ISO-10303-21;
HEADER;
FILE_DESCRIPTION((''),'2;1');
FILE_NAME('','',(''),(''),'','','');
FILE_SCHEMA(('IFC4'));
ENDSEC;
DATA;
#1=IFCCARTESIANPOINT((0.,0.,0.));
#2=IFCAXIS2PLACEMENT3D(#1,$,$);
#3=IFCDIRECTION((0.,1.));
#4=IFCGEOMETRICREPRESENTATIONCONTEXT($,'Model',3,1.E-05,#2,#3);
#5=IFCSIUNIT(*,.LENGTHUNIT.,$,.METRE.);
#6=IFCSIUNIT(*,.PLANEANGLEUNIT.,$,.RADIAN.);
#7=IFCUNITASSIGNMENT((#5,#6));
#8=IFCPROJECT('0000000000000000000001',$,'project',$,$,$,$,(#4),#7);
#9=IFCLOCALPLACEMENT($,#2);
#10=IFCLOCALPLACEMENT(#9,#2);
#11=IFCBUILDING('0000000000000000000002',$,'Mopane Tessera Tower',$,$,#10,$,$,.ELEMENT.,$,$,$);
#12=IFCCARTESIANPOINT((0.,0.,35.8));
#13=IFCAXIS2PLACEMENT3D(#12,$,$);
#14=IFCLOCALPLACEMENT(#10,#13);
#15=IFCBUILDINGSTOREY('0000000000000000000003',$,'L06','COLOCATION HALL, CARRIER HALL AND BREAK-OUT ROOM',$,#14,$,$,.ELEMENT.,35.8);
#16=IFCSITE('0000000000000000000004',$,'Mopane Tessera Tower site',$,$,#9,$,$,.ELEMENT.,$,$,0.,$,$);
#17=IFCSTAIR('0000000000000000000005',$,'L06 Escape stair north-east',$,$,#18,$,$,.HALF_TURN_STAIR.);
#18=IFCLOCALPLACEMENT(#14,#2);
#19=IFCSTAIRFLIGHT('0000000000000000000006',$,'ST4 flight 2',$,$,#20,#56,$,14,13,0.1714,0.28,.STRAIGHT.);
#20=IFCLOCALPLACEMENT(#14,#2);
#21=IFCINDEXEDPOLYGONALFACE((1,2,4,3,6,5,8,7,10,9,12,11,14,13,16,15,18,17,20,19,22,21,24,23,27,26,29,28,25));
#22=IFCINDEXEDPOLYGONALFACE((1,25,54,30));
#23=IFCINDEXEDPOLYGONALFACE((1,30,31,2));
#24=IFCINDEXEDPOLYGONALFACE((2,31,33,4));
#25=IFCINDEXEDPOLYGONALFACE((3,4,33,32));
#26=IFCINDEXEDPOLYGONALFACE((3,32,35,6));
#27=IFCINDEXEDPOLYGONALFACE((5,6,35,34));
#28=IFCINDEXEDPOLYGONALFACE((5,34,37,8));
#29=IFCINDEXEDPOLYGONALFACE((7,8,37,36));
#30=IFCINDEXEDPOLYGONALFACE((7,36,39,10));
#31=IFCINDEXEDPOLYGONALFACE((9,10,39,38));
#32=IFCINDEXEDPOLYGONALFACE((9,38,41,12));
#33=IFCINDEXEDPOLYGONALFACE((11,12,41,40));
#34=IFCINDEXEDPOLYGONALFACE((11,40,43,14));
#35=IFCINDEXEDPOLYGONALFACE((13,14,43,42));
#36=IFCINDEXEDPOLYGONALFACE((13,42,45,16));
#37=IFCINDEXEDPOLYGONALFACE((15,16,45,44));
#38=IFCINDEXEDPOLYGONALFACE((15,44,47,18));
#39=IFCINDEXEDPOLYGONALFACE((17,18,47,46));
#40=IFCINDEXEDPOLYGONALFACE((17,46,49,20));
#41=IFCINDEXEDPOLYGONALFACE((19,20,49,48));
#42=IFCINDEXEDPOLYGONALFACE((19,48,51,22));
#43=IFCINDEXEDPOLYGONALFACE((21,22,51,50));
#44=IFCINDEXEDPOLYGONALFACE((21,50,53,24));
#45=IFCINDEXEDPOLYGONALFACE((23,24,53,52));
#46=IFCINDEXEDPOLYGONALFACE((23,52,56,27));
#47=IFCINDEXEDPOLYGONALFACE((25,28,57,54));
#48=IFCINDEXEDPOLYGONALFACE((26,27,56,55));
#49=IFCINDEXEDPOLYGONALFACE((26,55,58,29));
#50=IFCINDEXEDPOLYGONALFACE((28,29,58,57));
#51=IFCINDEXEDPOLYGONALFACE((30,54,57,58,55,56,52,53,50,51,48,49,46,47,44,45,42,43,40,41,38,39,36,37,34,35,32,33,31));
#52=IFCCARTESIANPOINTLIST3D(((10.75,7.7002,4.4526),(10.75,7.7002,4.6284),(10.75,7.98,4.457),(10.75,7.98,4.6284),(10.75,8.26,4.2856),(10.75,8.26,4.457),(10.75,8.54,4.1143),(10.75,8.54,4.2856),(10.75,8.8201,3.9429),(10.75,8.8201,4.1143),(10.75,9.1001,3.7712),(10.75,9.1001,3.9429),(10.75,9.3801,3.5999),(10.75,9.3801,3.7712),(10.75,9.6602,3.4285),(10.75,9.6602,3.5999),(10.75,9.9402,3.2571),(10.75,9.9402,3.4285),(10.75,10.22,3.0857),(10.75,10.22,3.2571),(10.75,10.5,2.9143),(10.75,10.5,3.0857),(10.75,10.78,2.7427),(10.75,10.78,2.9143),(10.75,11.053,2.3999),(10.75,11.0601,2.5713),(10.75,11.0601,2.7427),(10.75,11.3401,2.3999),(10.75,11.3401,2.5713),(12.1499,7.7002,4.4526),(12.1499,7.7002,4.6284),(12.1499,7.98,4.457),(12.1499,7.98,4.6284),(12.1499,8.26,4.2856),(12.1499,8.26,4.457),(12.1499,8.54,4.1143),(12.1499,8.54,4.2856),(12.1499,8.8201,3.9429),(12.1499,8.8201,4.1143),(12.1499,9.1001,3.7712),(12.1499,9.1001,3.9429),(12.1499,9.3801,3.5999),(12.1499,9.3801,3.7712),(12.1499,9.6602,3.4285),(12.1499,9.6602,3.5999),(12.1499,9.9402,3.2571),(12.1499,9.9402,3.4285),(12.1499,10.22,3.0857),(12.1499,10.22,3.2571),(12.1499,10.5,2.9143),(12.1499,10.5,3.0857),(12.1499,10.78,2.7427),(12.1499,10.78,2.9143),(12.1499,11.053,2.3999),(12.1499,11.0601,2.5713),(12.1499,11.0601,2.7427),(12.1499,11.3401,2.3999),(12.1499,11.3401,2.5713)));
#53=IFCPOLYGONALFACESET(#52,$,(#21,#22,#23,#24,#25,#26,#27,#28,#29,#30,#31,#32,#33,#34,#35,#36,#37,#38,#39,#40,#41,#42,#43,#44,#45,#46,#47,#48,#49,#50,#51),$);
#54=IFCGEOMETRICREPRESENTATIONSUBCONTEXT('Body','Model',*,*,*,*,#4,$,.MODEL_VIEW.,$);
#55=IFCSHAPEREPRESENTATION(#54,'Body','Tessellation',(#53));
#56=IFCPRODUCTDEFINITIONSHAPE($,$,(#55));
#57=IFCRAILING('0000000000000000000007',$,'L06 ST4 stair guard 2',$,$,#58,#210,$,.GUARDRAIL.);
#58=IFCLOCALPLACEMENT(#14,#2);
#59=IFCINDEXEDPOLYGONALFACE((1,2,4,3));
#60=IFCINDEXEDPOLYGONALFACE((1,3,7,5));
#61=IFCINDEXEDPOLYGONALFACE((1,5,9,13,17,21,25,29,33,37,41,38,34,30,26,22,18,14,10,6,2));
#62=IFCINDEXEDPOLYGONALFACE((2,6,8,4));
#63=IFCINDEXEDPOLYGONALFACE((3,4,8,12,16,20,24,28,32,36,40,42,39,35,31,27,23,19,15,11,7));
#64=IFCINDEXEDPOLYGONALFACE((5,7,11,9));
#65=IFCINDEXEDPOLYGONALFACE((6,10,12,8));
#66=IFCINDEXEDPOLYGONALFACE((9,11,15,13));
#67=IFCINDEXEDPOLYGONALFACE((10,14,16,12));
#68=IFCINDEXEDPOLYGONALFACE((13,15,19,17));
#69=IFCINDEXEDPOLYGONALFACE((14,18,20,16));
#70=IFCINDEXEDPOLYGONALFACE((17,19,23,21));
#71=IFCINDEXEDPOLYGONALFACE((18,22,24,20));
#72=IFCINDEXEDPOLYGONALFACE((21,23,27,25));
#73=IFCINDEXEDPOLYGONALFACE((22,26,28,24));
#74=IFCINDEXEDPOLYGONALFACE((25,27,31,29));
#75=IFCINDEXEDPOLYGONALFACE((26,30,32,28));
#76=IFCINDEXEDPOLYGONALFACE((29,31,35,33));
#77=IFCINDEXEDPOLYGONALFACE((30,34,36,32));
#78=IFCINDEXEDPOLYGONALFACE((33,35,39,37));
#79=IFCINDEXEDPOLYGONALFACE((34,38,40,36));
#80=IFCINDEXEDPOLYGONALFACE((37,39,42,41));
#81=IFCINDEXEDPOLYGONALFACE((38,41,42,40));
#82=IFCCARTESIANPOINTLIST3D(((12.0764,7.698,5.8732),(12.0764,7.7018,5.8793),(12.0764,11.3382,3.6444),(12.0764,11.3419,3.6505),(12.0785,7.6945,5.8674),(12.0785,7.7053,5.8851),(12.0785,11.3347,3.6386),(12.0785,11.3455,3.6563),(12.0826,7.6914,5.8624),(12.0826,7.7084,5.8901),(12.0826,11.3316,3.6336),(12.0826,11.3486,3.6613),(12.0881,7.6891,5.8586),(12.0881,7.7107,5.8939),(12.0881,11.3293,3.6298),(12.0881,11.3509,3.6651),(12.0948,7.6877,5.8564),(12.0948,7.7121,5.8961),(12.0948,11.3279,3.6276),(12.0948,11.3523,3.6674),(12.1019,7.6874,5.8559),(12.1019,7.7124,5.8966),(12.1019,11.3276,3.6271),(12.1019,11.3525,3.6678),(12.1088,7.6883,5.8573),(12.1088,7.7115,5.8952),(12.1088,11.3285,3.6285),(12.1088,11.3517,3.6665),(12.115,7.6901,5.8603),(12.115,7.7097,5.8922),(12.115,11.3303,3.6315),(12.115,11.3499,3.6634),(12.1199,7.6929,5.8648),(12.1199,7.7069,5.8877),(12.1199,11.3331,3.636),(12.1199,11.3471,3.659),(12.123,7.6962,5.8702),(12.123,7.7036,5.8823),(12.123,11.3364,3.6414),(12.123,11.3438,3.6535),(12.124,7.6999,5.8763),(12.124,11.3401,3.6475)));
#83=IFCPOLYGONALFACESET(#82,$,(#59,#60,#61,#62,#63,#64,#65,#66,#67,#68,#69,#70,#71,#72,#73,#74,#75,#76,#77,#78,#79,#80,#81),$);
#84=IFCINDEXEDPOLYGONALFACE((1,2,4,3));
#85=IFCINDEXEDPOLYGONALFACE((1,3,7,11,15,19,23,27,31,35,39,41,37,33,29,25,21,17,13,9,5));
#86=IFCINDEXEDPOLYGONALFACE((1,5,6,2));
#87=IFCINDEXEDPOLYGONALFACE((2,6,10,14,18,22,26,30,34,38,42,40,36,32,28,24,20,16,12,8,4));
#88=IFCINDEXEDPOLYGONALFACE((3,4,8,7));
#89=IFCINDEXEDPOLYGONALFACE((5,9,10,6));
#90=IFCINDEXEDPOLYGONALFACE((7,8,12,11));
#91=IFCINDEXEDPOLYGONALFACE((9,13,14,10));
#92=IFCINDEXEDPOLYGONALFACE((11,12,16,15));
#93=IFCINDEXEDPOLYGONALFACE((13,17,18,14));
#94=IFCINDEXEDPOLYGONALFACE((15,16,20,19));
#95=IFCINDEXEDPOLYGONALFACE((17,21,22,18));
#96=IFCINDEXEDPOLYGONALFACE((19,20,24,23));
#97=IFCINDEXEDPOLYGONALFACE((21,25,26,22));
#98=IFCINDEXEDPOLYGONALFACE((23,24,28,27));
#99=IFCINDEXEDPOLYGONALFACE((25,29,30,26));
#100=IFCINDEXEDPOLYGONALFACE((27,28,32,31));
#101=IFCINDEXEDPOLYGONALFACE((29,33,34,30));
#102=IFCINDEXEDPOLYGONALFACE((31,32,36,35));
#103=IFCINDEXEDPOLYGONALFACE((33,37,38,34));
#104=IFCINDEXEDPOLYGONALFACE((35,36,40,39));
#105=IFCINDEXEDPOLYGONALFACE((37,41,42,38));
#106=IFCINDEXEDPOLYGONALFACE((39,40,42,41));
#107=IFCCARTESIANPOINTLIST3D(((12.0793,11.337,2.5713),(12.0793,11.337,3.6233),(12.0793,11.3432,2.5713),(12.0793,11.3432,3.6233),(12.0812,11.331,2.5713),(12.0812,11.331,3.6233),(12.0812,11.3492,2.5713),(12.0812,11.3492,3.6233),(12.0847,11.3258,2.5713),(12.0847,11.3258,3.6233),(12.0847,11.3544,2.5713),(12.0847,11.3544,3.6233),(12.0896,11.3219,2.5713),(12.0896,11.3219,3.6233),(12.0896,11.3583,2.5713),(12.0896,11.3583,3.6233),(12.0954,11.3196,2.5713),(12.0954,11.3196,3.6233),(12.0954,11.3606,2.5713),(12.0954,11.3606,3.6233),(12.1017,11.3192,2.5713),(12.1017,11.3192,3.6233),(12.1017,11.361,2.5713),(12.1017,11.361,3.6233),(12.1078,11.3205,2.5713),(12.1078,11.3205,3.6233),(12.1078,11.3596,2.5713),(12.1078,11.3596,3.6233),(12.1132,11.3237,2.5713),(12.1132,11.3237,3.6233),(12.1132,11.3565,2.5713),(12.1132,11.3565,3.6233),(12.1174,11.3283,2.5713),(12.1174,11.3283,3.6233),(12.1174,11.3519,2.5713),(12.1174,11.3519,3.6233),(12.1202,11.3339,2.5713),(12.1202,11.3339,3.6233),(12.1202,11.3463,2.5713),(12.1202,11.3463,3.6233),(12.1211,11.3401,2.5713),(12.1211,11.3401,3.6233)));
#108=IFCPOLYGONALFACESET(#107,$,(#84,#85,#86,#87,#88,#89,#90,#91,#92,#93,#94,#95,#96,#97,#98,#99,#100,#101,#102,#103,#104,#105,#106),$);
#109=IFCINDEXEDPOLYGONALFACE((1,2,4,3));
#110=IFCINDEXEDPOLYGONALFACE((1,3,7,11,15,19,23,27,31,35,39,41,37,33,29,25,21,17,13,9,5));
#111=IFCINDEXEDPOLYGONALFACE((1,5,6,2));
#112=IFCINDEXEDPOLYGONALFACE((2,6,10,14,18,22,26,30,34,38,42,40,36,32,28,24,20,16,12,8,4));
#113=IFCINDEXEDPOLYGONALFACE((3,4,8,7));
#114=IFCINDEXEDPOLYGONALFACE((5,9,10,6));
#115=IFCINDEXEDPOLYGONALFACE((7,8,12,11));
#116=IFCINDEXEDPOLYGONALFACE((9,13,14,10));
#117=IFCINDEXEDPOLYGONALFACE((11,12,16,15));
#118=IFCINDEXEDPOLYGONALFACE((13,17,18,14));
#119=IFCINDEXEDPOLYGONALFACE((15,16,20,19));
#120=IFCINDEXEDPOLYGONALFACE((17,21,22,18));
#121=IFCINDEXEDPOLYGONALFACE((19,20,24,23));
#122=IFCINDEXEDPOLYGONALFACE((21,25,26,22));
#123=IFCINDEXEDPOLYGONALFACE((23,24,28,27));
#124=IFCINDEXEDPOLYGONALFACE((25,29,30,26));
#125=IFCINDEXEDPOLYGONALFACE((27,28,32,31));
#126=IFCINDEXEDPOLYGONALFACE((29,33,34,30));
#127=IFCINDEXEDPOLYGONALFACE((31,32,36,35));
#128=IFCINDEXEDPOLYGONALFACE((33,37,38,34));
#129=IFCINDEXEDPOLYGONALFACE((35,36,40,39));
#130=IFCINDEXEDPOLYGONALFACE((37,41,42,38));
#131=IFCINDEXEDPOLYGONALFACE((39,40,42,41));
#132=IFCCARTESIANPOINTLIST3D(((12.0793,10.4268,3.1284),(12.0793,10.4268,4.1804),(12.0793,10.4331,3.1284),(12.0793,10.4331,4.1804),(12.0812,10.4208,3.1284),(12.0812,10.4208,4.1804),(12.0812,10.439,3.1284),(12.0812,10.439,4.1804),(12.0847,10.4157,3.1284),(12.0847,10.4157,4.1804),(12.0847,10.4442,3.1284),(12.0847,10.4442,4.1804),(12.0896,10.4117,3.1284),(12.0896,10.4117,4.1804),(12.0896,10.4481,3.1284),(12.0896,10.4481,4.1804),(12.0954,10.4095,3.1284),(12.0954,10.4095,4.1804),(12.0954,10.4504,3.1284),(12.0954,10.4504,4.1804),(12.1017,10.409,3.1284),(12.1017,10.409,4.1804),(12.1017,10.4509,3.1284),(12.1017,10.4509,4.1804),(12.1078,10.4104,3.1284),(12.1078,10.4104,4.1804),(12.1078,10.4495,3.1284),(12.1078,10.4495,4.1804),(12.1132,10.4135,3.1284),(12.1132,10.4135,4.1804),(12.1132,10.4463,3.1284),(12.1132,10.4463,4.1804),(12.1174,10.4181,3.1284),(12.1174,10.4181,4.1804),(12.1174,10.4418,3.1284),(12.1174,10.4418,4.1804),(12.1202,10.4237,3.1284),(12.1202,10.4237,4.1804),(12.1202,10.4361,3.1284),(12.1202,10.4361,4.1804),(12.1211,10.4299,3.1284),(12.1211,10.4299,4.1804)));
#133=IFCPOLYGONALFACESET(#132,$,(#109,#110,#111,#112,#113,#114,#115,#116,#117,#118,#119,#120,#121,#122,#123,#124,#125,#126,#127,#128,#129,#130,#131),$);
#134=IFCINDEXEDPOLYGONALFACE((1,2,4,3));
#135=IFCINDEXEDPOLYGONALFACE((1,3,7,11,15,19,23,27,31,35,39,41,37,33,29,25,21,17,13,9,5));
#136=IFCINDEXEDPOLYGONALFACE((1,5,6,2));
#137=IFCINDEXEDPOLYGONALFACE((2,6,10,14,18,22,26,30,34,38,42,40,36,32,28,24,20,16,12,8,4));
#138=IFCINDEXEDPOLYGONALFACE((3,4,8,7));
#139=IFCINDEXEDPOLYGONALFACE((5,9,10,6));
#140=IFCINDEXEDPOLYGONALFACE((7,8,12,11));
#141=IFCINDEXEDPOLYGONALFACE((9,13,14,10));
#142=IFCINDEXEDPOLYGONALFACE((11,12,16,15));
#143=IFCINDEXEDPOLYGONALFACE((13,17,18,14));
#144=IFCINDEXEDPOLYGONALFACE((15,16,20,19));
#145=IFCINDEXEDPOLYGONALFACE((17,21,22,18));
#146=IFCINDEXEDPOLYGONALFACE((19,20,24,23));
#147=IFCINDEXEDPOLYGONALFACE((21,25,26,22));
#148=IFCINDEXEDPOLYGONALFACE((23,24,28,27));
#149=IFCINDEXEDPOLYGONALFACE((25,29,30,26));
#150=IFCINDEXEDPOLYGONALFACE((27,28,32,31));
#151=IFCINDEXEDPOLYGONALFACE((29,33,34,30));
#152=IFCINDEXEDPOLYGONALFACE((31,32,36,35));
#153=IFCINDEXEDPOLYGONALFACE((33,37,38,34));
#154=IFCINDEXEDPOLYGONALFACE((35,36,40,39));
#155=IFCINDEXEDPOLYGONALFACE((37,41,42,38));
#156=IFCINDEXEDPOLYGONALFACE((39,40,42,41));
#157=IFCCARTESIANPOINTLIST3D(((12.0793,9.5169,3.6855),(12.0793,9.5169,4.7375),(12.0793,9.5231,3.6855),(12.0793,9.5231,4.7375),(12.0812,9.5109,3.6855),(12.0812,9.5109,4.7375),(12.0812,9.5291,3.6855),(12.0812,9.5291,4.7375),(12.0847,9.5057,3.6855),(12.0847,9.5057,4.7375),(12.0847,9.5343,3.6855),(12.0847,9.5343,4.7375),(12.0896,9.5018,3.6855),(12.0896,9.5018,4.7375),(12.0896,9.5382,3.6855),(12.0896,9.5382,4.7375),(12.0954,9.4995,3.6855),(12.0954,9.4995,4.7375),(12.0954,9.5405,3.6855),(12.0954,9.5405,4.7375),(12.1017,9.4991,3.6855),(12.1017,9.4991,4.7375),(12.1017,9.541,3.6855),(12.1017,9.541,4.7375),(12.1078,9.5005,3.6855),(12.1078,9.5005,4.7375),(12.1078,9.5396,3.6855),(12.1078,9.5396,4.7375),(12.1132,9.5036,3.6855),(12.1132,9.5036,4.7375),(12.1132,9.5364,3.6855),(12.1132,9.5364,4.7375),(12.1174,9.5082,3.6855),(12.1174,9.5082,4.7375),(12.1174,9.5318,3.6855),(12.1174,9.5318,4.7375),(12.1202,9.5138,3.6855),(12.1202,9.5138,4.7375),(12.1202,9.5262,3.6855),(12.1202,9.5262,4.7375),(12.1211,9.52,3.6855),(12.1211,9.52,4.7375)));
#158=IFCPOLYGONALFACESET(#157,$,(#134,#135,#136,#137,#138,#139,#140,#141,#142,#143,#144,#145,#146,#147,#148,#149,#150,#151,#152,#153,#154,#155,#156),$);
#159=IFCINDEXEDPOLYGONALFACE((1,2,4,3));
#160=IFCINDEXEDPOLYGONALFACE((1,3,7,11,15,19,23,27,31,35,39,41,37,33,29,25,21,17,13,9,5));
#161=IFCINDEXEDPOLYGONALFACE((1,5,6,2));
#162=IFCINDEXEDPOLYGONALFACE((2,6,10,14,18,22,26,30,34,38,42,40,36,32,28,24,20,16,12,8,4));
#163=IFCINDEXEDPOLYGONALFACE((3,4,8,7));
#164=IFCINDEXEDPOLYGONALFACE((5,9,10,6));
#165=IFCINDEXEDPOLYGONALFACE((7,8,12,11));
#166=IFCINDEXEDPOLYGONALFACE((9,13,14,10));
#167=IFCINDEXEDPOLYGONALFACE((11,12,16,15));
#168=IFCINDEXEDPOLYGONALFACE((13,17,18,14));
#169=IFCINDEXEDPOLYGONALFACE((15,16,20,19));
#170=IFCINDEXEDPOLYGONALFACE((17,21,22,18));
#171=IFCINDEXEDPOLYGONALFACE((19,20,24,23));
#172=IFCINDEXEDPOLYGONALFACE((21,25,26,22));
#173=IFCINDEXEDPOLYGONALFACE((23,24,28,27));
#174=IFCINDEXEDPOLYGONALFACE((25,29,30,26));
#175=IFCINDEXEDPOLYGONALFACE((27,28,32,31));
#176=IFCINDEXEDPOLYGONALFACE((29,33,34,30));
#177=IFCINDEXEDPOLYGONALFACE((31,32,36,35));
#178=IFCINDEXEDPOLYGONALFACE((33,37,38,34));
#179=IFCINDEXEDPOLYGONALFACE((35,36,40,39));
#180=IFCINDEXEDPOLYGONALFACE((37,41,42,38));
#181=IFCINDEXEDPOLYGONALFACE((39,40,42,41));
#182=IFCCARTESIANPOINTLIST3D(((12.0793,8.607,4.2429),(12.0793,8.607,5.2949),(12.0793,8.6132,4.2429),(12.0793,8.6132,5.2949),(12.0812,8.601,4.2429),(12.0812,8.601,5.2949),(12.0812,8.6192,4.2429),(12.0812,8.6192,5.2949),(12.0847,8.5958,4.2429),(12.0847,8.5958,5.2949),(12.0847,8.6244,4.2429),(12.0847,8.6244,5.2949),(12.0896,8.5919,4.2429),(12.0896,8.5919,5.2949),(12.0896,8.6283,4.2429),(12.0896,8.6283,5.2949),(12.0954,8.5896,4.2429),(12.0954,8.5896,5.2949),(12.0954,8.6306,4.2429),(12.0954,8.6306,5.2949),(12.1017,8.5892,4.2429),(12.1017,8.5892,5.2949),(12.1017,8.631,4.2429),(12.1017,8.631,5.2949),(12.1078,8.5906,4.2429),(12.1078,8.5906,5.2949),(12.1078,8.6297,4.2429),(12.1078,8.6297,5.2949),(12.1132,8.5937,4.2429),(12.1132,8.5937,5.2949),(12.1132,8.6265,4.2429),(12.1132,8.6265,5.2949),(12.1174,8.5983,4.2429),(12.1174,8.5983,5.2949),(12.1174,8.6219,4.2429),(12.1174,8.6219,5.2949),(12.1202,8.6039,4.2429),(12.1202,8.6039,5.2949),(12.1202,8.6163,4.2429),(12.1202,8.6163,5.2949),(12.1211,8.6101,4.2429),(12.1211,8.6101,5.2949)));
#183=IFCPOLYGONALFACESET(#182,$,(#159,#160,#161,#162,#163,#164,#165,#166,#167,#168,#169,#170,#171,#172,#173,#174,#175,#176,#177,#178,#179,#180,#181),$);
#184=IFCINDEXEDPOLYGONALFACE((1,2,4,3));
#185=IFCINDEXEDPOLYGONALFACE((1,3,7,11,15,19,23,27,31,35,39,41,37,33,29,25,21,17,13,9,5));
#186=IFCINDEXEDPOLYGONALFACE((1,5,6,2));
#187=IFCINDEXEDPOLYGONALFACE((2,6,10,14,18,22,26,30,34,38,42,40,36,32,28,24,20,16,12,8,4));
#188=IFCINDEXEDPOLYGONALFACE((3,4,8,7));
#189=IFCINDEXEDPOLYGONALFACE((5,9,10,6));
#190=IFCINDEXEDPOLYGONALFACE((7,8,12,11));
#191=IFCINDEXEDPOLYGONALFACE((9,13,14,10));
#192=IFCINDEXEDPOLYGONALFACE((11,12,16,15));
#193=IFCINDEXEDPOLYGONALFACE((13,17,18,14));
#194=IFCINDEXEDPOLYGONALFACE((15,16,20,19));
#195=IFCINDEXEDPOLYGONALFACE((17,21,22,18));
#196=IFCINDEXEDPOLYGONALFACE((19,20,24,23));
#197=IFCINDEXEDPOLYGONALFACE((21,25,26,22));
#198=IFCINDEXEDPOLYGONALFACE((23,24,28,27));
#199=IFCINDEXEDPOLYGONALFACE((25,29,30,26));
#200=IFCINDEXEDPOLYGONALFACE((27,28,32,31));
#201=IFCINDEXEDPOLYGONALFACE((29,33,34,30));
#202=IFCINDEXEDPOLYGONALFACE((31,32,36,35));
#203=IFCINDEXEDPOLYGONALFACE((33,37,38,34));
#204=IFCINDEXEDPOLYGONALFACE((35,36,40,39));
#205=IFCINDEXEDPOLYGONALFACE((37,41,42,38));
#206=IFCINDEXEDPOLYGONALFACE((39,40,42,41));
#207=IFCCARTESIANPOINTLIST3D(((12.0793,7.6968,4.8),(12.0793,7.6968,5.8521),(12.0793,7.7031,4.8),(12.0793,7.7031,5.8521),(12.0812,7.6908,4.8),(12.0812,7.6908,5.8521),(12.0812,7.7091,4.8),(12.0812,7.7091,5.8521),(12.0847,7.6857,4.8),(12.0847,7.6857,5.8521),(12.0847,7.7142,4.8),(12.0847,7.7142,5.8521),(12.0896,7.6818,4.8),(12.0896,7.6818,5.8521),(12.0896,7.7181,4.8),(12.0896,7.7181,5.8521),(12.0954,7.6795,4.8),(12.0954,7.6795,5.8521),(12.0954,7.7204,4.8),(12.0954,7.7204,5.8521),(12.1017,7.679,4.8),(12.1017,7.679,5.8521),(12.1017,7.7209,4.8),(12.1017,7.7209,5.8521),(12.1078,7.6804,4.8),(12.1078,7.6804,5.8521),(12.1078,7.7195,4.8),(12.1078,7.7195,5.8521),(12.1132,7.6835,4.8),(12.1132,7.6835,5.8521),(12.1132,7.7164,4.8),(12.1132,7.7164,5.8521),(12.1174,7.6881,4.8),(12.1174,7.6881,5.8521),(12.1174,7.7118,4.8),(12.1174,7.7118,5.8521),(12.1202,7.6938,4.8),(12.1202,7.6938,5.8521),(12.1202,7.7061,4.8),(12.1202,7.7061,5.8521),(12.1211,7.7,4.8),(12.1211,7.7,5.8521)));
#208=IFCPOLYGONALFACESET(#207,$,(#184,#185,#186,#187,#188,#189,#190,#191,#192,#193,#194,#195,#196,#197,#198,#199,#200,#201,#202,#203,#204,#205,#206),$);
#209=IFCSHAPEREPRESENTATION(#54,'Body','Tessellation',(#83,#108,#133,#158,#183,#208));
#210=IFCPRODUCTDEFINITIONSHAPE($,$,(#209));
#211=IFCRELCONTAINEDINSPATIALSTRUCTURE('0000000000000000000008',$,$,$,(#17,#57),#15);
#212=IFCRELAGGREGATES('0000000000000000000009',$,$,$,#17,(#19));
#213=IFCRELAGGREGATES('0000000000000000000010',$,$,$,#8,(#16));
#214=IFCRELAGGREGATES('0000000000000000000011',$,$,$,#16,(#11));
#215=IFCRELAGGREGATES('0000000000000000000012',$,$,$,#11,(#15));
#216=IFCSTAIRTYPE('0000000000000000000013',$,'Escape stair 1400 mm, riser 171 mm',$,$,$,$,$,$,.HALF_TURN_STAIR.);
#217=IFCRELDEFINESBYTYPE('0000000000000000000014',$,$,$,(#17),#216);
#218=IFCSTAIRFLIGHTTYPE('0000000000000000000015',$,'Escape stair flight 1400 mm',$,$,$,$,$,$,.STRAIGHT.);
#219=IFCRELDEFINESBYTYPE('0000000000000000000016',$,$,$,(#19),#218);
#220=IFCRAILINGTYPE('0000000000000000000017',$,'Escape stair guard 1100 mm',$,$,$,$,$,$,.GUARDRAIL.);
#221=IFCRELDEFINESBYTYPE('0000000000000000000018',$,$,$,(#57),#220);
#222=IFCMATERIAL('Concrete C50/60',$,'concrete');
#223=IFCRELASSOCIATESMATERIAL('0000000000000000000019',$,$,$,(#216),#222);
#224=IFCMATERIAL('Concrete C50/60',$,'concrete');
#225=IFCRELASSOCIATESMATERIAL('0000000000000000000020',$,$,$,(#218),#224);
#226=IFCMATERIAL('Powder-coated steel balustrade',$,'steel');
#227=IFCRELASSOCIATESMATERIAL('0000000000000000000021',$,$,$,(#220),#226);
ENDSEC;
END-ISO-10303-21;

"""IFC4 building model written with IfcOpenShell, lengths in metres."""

from ifc_helpers import new_model, si_unit, direction, frame, origin, origin_2d, place, context, subcontext, project, spatial, polyline, circle, outline, extrude, material, type_object, element, aggregate, save


model = new_model("IFC4")

# Units and contexts
model_context = context("Model", 3, precision=1e-05, world=origin(), true_north=direction((0.0, 1.0)))
body_context = subcontext(model_context, "Body", "Model", "MODEL_VIEW")
ifc_project = project(units=[si_unit("LENGTHUNIT", "METRE"), si_unit("PLANEANGLEUNIT", "RADIAN")], contexts=[model_context])

# Site, building, storey
site_placement = place(None, origin())
site = spatial("IfcSite", under=ifc_project, at=site_placement, Name="Mopane Tessera Tower site", CompositionType="ELEMENT", RefElevation=0.0)
building_placement = place(site_placement, origin())
building = spatial("IfcBuilding", under=site, at=building_placement, Name="Mopane Tessera Tower", CompositionType="ELEMENT")
storey_placement = place(building_placement, frame((0.0, 0.0, 35.8)))
storey = spatial("IfcBuildingStorey", under=building, at=storey_placement, Name="L06", Description="COLOCATION HALL, CARRIER HALL AND BREAK-OUT ROOM", CompositionType="ELEMENT", Elevation=35.8)

# Stair, stair flight
ifc_material_1 = material(Name="Concrete C50/60", Category="concrete")
stair_type = type_object("IfcStairType", Name="Escape stair 1400 mm, riser 171 mm", PredefinedType="HALF_TURN_STAIR", material=ifc_material_1)
stair_placement = place(storey_placement, origin())
stair = element("IfcStair", 1, at=stair_placement, inside=storey, type_object=stair_type, Name="L06 Escape stair north-east", PredefinedType="HALF_TURN_STAIR")
ifc_material_2 = material(Name="Concrete C50/60", Category="concrete")
stair_flight_type = type_object("IfcStairFlightType", Name="Escape stair flight 1400 mm", PredefinedType="STRAIGHT", material=ifc_material_2)
stair_flight_placement = place(storey_placement, frame((11.45, 11.3401, 2.3999), z_axis=(0.0, 0.0, 1.0), x_axis=(0.0, -1.0, 0.0)))
stair_flight = element("IfcStairFlight", 2, at=stair_flight_placement, type_object=stair_flight_type, Name="ST4 flight 2", NumberOfRisers=14, NumberOfTreads=13, PredefinedType="STRAIGHT", RiserHeight=0.1714, TreadLength=0.28, context=body_context, shape_type="SweptSolid", body=[
    extrude(outline(polyline([(0.0, 0.0), (0.0, 0.1714), (0.28, 0.1714), (0.28, 0.3428), (0.5601, 0.3428), (0.5601, 0.5144), (0.8401, 0.5144), (0.8401, 0.6858), (1.1201, 0.6858), (1.1201, 0.8572), (1.3999, 0.8572), (1.3999, 1.0286), (1.6799, 1.0286), (1.6799, 1.2), (1.96, 1.2), (1.96, 1.3713), (2.24, 1.3713), (2.24, 1.543), (2.52, 1.543), (2.52, 1.7144), (2.8, 1.7144), (2.8, 1.8857), (3.0801, 1.8857), (3.0801, 2.0571), (3.3601, 2.0571), (3.3601, 2.2285), (3.6399, 2.2285), (3.6399, 2.3999), (3.6399, 2.0527), (0.2871, 0.0), (0.0, 0.0)])), frame((0.0, 0.7, 0.0), z_axis=(0.0, -1.0, 0.0), x_axis=(1.0, 0.0, 0.0)), (0.0, 0.0, 1.0), 1.3999),
])
aggregate(stair, [stair_flight])

# Railing
ifc_material_3 = material(Name="Powder-coated steel balustrade", Category="steel")
railing_type_1 = type_object("IfcRailingType", Name="Escape stair guard 1100 mm", PredefinedType="GUARDRAIL", material=ifc_material_3)
railing_1_placement = place(storey_placement, frame((12.1001, 11.3401, 2.5713)))
element("IfcRailing", 3, at=railing_1_placement, inside=storey, type_object=railing_type_1, Name="L06 ST4 stair guard 2", PredefinedType="GUARDRAIL", context=body_context, shape_type="SweptSolid", body=[
    extrude(circle(Radius=0.0239, at=origin_2d()), frame((0.0, 0.0, 1.0762), z_axis=(0.0, -0.85284, 0.522172), x_axis=(1.0, 0.0, 0.0)), (0.0, 0.0, 1.0), 4.2683),
    extrude(circle(Radius=0.021, at=origin_2d()), origin(), (0.0, 0.0, 1.0), 1.052),
    extrude(circle(Radius=0.021, at=origin_2d()), frame((0.0, -0.9102, 0.5571)), (0.0, 0.0, 1.0), 1.052),
    extrude(circle(Radius=0.021, at=origin_2d()), frame((0.0, -1.8201, 1.1143)), (0.0, 0.0, 1.0), 1.052),
    extrude(circle(Radius=0.021, at=origin_2d()), frame((0.0, -2.73, 1.6716)), (0.0, 0.0, 1.0), 1.052),
    extrude(circle(Radius=0.021, at=origin_2d()), frame((0.0, -3.6401, 2.2288)), (0.0, 0.0, 1.0), 1.052),
])

save(model, "model.ifc")
